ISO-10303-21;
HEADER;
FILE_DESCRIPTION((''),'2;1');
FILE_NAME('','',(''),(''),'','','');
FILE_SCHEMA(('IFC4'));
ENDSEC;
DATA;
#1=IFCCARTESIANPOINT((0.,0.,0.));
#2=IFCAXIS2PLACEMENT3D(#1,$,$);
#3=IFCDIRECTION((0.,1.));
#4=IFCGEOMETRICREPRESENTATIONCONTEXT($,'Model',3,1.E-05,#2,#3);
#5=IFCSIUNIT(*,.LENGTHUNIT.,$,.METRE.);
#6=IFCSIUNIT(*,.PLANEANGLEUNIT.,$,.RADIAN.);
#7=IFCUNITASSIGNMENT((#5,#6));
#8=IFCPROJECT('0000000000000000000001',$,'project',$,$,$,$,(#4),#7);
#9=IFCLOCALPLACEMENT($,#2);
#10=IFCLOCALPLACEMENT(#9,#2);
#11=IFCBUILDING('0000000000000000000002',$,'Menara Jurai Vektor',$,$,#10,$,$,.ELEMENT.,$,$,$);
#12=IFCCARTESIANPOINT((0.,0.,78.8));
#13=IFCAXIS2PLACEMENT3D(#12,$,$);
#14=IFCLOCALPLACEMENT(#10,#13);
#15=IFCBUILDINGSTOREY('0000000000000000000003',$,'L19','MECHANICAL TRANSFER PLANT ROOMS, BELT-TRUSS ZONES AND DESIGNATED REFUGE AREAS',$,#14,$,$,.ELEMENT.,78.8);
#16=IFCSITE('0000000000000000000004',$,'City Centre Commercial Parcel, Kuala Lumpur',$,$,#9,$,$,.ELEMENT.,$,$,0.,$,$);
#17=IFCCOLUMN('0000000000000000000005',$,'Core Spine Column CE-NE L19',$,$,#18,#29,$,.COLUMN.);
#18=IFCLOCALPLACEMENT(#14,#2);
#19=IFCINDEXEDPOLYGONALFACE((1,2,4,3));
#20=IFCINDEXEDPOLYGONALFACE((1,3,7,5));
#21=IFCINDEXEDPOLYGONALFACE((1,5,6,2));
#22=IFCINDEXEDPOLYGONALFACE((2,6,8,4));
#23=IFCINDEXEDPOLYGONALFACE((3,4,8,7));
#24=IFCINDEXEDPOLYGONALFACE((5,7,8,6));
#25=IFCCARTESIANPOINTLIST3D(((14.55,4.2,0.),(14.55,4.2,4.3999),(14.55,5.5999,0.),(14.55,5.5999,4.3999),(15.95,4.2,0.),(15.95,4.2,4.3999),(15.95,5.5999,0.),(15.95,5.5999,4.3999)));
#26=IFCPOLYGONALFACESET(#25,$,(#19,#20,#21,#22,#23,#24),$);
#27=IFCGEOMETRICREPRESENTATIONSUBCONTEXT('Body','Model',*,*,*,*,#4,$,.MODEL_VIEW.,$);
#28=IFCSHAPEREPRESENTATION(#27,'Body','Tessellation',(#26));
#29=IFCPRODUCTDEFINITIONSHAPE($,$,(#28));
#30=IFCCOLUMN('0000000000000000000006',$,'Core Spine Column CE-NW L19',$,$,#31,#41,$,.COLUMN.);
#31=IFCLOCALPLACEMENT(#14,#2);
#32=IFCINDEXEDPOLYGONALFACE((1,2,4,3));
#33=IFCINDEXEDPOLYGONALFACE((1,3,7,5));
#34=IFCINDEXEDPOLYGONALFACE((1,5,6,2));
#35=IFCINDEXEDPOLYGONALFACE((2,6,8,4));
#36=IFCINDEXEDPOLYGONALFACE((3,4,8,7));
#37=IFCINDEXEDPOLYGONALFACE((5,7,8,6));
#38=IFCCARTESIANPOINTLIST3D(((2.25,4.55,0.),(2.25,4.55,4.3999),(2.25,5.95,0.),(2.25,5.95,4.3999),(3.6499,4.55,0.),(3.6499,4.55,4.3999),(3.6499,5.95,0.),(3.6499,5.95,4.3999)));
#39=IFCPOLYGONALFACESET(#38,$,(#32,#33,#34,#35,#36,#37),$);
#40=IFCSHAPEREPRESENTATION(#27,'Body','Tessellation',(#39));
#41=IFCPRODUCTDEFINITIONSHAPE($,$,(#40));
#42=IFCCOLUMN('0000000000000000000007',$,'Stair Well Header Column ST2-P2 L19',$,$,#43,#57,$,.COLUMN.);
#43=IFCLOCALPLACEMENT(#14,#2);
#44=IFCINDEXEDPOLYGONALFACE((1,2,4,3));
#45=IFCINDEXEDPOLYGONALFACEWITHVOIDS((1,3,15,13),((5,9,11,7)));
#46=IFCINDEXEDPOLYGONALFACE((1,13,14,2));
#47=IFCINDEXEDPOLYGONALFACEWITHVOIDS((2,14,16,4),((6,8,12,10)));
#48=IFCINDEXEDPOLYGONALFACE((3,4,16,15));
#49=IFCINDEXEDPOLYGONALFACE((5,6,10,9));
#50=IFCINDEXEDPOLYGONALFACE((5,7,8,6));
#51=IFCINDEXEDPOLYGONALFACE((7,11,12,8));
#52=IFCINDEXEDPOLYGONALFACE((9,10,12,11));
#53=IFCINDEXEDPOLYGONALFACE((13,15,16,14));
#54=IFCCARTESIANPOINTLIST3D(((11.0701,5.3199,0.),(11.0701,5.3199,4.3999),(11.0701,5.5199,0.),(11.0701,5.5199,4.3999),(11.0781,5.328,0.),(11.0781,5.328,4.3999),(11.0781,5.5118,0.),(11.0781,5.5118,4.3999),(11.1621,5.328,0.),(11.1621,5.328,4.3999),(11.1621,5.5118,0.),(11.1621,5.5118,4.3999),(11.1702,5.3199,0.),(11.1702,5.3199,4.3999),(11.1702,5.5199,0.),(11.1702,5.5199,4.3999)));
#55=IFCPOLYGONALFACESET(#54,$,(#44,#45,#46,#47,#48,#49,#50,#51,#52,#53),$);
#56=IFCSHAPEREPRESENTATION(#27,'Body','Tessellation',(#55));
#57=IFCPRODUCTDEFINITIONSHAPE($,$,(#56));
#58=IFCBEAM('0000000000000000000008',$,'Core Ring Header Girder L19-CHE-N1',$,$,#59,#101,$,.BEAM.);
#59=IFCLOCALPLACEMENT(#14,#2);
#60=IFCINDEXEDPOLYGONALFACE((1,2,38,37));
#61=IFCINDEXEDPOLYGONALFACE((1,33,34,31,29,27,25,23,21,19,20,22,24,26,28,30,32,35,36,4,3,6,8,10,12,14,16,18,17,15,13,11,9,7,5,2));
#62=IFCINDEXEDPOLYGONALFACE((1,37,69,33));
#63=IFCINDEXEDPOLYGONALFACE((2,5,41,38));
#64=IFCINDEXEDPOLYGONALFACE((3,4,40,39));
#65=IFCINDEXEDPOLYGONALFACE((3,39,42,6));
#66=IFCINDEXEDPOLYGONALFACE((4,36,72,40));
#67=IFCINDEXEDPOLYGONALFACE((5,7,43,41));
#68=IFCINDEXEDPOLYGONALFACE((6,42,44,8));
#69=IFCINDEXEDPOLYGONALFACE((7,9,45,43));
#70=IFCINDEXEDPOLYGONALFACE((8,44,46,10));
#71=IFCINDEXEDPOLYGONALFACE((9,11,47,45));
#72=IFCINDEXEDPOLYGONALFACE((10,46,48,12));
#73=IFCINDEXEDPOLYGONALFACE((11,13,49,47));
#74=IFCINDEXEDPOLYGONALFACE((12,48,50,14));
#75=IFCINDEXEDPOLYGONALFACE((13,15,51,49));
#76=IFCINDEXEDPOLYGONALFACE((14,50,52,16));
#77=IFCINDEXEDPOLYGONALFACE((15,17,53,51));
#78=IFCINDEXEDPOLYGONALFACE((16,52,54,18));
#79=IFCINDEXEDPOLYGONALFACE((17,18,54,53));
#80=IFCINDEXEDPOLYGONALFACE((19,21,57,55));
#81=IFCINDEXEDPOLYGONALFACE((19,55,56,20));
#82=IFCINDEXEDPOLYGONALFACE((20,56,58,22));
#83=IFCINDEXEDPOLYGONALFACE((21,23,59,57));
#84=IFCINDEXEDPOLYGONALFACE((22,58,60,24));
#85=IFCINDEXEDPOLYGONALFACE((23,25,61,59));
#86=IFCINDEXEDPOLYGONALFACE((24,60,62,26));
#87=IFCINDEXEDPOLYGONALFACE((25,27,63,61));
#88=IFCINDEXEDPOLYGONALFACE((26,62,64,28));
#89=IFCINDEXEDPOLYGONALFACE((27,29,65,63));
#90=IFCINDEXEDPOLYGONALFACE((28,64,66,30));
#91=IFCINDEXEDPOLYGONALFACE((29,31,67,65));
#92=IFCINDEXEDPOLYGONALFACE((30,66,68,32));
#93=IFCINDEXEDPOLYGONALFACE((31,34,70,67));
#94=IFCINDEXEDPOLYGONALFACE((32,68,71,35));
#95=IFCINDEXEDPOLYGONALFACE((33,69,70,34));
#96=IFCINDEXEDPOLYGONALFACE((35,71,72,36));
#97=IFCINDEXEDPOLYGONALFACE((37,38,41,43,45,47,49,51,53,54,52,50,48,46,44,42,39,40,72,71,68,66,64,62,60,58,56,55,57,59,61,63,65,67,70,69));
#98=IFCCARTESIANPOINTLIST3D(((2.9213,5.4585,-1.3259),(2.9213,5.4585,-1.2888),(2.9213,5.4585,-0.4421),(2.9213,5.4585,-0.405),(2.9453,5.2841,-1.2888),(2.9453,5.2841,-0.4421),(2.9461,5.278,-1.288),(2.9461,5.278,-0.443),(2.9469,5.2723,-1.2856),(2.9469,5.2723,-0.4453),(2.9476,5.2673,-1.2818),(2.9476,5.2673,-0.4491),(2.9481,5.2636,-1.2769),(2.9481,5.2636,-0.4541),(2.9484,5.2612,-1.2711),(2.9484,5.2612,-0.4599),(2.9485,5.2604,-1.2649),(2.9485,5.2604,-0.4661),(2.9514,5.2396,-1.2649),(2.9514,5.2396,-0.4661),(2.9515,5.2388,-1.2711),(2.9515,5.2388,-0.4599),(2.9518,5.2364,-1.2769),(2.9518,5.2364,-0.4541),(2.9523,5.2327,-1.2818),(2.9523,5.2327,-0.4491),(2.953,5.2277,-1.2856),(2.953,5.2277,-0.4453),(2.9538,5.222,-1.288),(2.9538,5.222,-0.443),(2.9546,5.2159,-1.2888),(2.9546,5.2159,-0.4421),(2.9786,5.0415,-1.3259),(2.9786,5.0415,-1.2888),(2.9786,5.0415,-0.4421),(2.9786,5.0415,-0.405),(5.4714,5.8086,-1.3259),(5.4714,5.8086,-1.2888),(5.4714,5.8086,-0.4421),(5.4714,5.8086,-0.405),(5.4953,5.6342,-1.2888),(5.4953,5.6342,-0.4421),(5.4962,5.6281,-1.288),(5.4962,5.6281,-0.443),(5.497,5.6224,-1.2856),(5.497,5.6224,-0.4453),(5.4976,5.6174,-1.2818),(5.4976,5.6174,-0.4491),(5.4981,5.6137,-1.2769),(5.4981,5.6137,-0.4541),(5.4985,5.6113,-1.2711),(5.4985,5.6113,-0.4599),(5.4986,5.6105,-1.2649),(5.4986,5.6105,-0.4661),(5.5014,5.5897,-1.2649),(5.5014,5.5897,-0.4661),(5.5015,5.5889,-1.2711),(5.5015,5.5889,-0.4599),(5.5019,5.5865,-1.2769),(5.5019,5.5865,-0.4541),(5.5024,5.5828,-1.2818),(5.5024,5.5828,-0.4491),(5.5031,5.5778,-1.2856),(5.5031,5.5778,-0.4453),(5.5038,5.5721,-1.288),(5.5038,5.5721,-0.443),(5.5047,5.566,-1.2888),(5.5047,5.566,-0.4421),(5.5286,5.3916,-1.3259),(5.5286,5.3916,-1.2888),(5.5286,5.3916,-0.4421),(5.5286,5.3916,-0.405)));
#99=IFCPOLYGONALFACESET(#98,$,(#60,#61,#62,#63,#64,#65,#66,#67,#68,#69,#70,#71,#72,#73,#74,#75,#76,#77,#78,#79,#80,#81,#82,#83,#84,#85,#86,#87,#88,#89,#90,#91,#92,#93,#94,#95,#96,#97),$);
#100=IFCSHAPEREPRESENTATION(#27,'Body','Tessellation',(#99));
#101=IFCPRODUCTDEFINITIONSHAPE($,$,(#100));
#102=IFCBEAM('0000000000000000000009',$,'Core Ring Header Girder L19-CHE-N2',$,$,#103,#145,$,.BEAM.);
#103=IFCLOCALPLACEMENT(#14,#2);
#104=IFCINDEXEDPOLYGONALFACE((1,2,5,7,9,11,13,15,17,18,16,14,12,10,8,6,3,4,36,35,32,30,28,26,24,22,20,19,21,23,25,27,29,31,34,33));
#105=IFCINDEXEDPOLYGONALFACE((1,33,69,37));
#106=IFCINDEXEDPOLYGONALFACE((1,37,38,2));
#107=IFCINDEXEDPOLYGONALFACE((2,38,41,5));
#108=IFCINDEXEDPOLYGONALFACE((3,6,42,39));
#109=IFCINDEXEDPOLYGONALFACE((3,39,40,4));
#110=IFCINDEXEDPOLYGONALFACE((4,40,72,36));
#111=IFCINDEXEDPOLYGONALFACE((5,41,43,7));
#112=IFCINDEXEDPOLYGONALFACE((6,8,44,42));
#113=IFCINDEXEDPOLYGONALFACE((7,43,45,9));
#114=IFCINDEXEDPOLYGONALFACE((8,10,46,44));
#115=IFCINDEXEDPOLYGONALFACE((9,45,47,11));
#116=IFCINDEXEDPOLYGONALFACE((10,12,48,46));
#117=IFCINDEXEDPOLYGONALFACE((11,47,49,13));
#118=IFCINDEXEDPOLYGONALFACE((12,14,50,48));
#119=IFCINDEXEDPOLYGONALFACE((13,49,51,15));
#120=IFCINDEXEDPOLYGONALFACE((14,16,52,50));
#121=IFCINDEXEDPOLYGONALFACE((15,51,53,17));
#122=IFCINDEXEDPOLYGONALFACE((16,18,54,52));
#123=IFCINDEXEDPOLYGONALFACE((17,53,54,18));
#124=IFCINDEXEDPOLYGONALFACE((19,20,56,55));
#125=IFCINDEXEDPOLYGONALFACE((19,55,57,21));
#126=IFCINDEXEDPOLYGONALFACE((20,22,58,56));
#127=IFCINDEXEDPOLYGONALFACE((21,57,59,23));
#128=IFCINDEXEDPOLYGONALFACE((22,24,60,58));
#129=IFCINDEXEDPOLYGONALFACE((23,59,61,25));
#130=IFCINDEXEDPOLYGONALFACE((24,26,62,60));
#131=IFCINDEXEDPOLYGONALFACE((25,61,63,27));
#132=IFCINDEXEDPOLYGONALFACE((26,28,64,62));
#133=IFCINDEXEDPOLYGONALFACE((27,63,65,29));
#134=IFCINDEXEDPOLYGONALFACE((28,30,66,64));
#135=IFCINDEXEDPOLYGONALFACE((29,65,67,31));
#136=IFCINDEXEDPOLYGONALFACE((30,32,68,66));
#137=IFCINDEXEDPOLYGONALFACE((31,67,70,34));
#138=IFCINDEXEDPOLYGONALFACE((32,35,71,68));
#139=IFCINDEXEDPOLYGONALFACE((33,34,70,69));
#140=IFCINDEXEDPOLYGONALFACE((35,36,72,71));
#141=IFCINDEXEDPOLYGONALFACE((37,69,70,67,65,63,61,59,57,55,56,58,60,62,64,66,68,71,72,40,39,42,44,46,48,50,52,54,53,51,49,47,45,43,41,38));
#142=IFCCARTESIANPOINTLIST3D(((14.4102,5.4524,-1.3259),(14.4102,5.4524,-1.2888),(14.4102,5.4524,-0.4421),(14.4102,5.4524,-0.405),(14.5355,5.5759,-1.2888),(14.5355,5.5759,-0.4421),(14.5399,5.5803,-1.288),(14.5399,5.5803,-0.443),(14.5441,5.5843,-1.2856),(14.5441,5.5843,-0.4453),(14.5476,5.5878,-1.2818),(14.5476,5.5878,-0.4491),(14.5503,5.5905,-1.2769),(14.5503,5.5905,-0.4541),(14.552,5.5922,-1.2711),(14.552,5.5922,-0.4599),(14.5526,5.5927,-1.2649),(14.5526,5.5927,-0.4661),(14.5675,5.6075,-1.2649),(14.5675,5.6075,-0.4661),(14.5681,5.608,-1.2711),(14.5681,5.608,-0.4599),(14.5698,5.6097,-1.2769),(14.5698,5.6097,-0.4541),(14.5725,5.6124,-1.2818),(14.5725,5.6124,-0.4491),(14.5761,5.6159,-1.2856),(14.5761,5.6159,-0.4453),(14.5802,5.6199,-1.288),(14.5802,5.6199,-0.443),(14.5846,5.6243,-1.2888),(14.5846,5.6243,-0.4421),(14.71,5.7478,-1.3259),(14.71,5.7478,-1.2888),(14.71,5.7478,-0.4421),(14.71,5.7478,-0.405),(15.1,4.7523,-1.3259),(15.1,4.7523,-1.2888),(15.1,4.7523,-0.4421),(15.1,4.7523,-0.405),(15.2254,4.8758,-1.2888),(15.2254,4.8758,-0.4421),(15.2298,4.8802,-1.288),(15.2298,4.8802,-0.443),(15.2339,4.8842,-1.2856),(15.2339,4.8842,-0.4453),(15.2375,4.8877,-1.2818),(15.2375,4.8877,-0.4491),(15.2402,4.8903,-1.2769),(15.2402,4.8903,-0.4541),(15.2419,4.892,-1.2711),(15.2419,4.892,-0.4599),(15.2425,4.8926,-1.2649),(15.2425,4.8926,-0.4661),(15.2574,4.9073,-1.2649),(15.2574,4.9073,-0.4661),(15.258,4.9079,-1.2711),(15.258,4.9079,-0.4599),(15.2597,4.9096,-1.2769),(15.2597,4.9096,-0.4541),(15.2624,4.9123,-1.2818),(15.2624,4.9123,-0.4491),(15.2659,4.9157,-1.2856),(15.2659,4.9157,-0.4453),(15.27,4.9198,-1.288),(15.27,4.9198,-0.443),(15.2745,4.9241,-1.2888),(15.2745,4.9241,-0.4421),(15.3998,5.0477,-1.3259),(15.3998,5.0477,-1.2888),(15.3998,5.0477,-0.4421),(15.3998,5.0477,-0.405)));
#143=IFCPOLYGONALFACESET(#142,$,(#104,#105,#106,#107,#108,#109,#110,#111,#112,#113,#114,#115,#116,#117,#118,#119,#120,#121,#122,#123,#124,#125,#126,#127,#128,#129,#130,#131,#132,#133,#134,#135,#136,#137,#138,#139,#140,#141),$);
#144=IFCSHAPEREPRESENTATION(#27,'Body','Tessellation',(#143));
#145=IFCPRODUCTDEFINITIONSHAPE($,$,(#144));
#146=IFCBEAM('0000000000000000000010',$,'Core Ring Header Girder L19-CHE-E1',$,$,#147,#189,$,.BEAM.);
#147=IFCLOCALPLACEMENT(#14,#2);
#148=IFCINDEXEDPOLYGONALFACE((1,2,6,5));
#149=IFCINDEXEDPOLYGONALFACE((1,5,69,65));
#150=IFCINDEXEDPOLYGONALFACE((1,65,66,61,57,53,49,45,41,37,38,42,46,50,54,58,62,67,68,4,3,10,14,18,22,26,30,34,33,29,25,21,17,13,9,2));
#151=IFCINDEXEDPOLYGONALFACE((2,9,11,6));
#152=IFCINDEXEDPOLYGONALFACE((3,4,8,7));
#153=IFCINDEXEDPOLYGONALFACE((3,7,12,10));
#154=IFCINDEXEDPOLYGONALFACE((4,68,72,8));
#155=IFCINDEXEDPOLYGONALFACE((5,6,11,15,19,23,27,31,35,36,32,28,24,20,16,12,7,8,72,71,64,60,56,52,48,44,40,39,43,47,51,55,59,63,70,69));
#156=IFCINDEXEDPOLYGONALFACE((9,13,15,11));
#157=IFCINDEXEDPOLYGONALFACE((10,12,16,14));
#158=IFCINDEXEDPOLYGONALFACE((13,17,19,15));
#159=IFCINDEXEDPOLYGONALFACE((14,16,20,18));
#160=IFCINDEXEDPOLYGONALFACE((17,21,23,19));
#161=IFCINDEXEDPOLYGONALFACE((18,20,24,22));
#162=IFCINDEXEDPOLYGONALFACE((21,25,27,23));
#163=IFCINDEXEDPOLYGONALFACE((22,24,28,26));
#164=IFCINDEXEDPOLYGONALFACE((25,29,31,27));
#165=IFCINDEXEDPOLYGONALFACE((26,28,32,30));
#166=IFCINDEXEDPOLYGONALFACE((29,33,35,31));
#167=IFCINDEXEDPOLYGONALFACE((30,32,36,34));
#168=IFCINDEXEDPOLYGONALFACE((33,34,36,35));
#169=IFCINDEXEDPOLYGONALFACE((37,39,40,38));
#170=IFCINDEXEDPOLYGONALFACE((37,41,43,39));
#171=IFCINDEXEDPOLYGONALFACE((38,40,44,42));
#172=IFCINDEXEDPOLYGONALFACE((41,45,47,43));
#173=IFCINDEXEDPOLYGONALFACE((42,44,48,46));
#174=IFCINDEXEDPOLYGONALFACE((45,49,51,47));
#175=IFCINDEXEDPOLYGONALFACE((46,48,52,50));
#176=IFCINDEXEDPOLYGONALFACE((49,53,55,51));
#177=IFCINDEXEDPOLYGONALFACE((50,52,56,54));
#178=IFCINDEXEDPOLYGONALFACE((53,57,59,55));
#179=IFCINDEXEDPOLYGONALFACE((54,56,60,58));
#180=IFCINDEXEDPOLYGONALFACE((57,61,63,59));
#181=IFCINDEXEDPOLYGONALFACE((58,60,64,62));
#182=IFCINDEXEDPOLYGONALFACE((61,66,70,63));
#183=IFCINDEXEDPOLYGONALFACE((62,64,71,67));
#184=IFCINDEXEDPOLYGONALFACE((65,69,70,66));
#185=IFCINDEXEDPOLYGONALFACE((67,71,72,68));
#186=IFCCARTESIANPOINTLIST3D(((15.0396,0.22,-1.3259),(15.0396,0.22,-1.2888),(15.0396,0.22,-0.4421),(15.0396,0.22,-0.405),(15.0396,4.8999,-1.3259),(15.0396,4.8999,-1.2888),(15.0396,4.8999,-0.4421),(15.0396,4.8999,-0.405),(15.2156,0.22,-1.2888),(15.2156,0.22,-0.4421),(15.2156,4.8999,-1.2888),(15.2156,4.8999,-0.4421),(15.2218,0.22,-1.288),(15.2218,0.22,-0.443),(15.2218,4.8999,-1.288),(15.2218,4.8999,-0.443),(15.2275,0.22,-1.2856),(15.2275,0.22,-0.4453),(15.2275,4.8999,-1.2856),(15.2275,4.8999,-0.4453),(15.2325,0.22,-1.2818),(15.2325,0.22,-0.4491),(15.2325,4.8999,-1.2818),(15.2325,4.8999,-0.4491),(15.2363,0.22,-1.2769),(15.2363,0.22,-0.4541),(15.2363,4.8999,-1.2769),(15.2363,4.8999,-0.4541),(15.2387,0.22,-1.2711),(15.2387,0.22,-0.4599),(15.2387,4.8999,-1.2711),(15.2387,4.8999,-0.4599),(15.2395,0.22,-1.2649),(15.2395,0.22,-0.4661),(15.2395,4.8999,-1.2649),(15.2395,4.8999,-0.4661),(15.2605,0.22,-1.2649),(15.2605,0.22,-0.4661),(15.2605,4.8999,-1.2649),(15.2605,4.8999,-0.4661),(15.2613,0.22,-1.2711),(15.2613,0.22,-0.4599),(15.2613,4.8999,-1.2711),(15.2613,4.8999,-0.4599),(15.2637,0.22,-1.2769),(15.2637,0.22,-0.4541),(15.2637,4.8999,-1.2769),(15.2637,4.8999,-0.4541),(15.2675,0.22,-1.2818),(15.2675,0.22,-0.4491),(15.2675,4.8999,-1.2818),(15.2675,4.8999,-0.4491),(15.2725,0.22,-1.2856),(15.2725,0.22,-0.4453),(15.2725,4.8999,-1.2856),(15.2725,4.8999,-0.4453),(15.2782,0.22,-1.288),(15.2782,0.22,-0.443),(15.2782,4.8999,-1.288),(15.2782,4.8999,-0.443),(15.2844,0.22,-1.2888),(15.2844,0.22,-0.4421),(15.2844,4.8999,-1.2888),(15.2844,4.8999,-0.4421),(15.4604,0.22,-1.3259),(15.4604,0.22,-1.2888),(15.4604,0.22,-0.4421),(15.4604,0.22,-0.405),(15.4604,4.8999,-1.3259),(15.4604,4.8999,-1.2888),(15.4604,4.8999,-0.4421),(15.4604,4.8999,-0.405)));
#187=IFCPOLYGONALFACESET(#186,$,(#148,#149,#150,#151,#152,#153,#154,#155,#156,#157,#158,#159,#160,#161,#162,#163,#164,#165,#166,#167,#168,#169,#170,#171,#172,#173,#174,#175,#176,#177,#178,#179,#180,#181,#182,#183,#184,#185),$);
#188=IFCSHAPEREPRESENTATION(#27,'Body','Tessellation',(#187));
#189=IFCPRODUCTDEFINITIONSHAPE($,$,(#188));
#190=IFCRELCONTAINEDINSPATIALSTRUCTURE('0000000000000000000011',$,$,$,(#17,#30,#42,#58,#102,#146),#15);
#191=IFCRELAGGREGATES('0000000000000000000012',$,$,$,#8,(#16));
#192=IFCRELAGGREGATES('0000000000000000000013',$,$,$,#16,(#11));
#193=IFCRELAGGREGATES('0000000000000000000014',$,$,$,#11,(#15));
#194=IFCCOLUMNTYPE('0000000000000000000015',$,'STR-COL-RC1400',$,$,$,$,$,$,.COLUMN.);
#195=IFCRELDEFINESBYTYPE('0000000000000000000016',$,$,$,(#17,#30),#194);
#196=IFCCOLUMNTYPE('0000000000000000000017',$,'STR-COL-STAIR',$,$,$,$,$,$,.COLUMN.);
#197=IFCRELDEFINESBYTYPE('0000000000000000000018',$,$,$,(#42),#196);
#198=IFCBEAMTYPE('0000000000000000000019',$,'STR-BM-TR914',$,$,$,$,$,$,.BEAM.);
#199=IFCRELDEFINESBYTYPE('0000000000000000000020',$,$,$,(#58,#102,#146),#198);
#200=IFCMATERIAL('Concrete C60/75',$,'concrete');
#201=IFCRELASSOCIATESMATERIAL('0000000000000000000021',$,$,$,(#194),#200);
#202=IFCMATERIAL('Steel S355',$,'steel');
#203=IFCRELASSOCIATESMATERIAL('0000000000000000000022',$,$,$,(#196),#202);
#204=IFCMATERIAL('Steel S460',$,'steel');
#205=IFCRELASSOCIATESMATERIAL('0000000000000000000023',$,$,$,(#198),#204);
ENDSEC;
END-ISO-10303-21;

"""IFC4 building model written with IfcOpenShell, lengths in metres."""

from ifc_helpers import new_model, si_unit, direction, frame, origin, origin_2d, place, context, subcontext, project, spatial, rectangle, hollow_rectangle, i_section, extrude, material, material_profile, profile_set, type_object, element, save


model = new_model("IFC4")

# Units and contexts
model_context = context("Model", 3, precision=1e-05, world=origin(), true_north=direction((0.0, 1.0)))
body_context = subcontext(model_context, "Body", "Model", "MODEL_VIEW")
ifc_project = project(units=[si_unit("LENGTHUNIT", "METRE"), si_unit("PLANEANGLEUNIT", "RADIAN")], contexts=[model_context])

# Site, building, storey
site_placement = place(None, origin())
site = spatial("IfcSite", under=ifc_project, at=site_placement, Name="City Centre Commercial Parcel, Kuala Lumpur", CompositionType="ELEMENT", RefElevation=0.0)
building_placement = place(site_placement, origin())
building = spatial("IfcBuilding", under=site, at=building_placement, Name="Menara Jurai Vektor", CompositionType="ELEMENT")
storey_placement = place(building_placement, frame((0.0, 0.0, 78.8)))
storey = spatial("IfcBuildingStorey", under=building, at=storey_placement, Name="L19", Description="MECHANICAL TRANSFER PLANT ROOMS, BELT-TRUSS ZONES AND DESIGNATED REFUGE AREAS", CompositionType="ELEMENT", Elevation=78.8)

# Columns
ifc_material_1 = material(Name="Concrete C60/75", Category="concrete")
ifc_material_profile_1 = material_profile(ifc_material_1, rectangle(XDim=1.3999, YDim=1.3999, at=origin_2d()), Name="RC 1400x1400")
ifc_profile_set_1 = profile_set([ifc_material_profile_1], Name="Concrete C60/75")
column_type_1 = type_object("IfcColumnType", Name="STR-COL-RC1400", PredefinedType="COLUMN", material=ifc_profile_set_1)
for number, where, z_axis, x_axis, name in (
    (1, (15.25, 4.8999, 0.0), (0.0, 0.0, 1.0), (1.0, 0.0, 0.0), "Core Spine Column CE-NE L19"),
    (2, (2.95, 5.25, 0.0), (0.0, 0.0, 1.0), (1.0, 0.0, 0.0), "Core Spine Column CE-NW L19"),
):
    element("IfcColumn", number, at=place(storey_placement, frame(where, z_axis=z_axis, x_axis=x_axis)), inside=storey, type_object=column_type_1, Name=name, PredefinedType="COLUMN", context=body_context, shape_type="SweptSolid", body=[
        extrude(rectangle(XDim=1.3999, YDim=1.3999, at=origin_2d()), origin(), (0.0, 0.0, 1.0), 4.3999),
    ])
ifc_material_2 = material(Name="Steel S355", Category="steel")
ifc_material_profile_2 = material_profile(ifc_material_2, hollow_rectangle(XDim=0.1001, YDim=0.2, WallThickness=0.0081, at=origin_2d()), Name="RHS 200x100x8")
ifc_profile_set_2 = profile_set([ifc_material_profile_2], Name="Steel S355")
column_type_2 = type_object("IfcColumnType", Name="STR-COL-STAIR", PredefinedType="COLUMN", material=ifc_profile_set_2)
column_placement = place(storey_placement, frame((11.1201, 5.4199, 0.0), z_axis=(0.0, 0.0, 1.0), x_axis=(1.0, 0.0, 0.0)))
element("IfcColumn", 3, at=column_placement, inside=storey, type_object=column_type_2, Name="Stair Well Header Column ST2-P2 L19", PredefinedType="COLUMN", context=body_context, shape_type="SweptSolid", body=[
    extrude(hollow_rectangle(XDim=0.1001, YDim=0.2, WallThickness=0.0081, at=origin_2d()), origin(), (0.0, 0.0, 1.0), 4.3999),
])

# Beams
ifc_material_3 = material(Name="Steel S460", Category="steel")
ifc_material_profile_3 = material_profile(ifc_material_3, i_section(OverallWidth=0.4209, OverallDepth=0.9209, WebThickness=0.021, FlangeThickness=0.0371, FilletRadius=0.0239, at=origin_2d()), Name="UKB 914x419x388")
ifc_profile_set_3 = profile_set([ifc_material_profile_3], Name="Steel S460")
beam_type_1 = type_object("IfcBeamType", Name="STR-BM-TR914", PredefinedType="BEAM", material=ifc_profile_set_3)
beam_1_placement = place(storey_placement, frame((2.95, 5.25, -0.8655), z_axis=(0.990707, 0.136015, 0.0), x_axis=(-0.136015, 0.990707, 0.0)))
element("IfcBeam", 4, at=beam_1_placement, inside=storey, type_object=beam_type_1, Name="Core Ring Header Girder L19-CHE-N1", PredefinedType="BEAM", context=body_context, shape_type="SweptSolid", body=[
    extrude(i_section(OverallWidth=0.4209, OverallDepth=0.9209, WebThickness=0.021, FlangeThickness=0.0371, FilletRadius=0.0239, at=origin_2d()), origin(), (0.0, 0.0, 1.0), 2.574),
])
beam_2_placement = place(storey_placement, frame((14.5601, 5.6001, -0.8655), z_axis=(0.701872, -0.712303, 0.0), x_axis=(0.712303, 0.701872, 0.0)))
element("IfcBeam", 5, at=beam_2_placement, inside=storey, type_object=beam_type_1, Name="Core Ring Header Girder L19-CHE-N2", PredefinedType="BEAM", context=body_context, shape_type="SweptSolid", body=[
    extrude(i_section(OverallWidth=0.4209, OverallDepth=0.9209, WebThickness=0.021, FlangeThickness=0.0371, FilletRadius=0.0239, at=origin_2d()), origin(), (0.0, 0.0, 1.0), 0.9829),
])
beam_3_placement = place(storey_placement, frame((15.25, 0.22, -0.8655), z_axis=(0.0, 1.0, 0.0), x_axis=(-1.0, 0.0, 0.0)))
element("IfcBeam", 6, at=beam_3_placement, inside=storey, type_object=beam_type_1, Name="Core Ring Header Girder L19-CHE-E1", PredefinedType="BEAM", context=body_context, shape_type="SweptSolid", body=[
    extrude(i_section(OverallWidth=0.4209, OverallDepth=0.9209, WebThickness=0.021, FlangeThickness=0.0371, FilletRadius=0.0239, at=origin_2d()), origin(), (0.0, 0.0, 1.0), 4.6799),
])

save(model, "model.ifc")
